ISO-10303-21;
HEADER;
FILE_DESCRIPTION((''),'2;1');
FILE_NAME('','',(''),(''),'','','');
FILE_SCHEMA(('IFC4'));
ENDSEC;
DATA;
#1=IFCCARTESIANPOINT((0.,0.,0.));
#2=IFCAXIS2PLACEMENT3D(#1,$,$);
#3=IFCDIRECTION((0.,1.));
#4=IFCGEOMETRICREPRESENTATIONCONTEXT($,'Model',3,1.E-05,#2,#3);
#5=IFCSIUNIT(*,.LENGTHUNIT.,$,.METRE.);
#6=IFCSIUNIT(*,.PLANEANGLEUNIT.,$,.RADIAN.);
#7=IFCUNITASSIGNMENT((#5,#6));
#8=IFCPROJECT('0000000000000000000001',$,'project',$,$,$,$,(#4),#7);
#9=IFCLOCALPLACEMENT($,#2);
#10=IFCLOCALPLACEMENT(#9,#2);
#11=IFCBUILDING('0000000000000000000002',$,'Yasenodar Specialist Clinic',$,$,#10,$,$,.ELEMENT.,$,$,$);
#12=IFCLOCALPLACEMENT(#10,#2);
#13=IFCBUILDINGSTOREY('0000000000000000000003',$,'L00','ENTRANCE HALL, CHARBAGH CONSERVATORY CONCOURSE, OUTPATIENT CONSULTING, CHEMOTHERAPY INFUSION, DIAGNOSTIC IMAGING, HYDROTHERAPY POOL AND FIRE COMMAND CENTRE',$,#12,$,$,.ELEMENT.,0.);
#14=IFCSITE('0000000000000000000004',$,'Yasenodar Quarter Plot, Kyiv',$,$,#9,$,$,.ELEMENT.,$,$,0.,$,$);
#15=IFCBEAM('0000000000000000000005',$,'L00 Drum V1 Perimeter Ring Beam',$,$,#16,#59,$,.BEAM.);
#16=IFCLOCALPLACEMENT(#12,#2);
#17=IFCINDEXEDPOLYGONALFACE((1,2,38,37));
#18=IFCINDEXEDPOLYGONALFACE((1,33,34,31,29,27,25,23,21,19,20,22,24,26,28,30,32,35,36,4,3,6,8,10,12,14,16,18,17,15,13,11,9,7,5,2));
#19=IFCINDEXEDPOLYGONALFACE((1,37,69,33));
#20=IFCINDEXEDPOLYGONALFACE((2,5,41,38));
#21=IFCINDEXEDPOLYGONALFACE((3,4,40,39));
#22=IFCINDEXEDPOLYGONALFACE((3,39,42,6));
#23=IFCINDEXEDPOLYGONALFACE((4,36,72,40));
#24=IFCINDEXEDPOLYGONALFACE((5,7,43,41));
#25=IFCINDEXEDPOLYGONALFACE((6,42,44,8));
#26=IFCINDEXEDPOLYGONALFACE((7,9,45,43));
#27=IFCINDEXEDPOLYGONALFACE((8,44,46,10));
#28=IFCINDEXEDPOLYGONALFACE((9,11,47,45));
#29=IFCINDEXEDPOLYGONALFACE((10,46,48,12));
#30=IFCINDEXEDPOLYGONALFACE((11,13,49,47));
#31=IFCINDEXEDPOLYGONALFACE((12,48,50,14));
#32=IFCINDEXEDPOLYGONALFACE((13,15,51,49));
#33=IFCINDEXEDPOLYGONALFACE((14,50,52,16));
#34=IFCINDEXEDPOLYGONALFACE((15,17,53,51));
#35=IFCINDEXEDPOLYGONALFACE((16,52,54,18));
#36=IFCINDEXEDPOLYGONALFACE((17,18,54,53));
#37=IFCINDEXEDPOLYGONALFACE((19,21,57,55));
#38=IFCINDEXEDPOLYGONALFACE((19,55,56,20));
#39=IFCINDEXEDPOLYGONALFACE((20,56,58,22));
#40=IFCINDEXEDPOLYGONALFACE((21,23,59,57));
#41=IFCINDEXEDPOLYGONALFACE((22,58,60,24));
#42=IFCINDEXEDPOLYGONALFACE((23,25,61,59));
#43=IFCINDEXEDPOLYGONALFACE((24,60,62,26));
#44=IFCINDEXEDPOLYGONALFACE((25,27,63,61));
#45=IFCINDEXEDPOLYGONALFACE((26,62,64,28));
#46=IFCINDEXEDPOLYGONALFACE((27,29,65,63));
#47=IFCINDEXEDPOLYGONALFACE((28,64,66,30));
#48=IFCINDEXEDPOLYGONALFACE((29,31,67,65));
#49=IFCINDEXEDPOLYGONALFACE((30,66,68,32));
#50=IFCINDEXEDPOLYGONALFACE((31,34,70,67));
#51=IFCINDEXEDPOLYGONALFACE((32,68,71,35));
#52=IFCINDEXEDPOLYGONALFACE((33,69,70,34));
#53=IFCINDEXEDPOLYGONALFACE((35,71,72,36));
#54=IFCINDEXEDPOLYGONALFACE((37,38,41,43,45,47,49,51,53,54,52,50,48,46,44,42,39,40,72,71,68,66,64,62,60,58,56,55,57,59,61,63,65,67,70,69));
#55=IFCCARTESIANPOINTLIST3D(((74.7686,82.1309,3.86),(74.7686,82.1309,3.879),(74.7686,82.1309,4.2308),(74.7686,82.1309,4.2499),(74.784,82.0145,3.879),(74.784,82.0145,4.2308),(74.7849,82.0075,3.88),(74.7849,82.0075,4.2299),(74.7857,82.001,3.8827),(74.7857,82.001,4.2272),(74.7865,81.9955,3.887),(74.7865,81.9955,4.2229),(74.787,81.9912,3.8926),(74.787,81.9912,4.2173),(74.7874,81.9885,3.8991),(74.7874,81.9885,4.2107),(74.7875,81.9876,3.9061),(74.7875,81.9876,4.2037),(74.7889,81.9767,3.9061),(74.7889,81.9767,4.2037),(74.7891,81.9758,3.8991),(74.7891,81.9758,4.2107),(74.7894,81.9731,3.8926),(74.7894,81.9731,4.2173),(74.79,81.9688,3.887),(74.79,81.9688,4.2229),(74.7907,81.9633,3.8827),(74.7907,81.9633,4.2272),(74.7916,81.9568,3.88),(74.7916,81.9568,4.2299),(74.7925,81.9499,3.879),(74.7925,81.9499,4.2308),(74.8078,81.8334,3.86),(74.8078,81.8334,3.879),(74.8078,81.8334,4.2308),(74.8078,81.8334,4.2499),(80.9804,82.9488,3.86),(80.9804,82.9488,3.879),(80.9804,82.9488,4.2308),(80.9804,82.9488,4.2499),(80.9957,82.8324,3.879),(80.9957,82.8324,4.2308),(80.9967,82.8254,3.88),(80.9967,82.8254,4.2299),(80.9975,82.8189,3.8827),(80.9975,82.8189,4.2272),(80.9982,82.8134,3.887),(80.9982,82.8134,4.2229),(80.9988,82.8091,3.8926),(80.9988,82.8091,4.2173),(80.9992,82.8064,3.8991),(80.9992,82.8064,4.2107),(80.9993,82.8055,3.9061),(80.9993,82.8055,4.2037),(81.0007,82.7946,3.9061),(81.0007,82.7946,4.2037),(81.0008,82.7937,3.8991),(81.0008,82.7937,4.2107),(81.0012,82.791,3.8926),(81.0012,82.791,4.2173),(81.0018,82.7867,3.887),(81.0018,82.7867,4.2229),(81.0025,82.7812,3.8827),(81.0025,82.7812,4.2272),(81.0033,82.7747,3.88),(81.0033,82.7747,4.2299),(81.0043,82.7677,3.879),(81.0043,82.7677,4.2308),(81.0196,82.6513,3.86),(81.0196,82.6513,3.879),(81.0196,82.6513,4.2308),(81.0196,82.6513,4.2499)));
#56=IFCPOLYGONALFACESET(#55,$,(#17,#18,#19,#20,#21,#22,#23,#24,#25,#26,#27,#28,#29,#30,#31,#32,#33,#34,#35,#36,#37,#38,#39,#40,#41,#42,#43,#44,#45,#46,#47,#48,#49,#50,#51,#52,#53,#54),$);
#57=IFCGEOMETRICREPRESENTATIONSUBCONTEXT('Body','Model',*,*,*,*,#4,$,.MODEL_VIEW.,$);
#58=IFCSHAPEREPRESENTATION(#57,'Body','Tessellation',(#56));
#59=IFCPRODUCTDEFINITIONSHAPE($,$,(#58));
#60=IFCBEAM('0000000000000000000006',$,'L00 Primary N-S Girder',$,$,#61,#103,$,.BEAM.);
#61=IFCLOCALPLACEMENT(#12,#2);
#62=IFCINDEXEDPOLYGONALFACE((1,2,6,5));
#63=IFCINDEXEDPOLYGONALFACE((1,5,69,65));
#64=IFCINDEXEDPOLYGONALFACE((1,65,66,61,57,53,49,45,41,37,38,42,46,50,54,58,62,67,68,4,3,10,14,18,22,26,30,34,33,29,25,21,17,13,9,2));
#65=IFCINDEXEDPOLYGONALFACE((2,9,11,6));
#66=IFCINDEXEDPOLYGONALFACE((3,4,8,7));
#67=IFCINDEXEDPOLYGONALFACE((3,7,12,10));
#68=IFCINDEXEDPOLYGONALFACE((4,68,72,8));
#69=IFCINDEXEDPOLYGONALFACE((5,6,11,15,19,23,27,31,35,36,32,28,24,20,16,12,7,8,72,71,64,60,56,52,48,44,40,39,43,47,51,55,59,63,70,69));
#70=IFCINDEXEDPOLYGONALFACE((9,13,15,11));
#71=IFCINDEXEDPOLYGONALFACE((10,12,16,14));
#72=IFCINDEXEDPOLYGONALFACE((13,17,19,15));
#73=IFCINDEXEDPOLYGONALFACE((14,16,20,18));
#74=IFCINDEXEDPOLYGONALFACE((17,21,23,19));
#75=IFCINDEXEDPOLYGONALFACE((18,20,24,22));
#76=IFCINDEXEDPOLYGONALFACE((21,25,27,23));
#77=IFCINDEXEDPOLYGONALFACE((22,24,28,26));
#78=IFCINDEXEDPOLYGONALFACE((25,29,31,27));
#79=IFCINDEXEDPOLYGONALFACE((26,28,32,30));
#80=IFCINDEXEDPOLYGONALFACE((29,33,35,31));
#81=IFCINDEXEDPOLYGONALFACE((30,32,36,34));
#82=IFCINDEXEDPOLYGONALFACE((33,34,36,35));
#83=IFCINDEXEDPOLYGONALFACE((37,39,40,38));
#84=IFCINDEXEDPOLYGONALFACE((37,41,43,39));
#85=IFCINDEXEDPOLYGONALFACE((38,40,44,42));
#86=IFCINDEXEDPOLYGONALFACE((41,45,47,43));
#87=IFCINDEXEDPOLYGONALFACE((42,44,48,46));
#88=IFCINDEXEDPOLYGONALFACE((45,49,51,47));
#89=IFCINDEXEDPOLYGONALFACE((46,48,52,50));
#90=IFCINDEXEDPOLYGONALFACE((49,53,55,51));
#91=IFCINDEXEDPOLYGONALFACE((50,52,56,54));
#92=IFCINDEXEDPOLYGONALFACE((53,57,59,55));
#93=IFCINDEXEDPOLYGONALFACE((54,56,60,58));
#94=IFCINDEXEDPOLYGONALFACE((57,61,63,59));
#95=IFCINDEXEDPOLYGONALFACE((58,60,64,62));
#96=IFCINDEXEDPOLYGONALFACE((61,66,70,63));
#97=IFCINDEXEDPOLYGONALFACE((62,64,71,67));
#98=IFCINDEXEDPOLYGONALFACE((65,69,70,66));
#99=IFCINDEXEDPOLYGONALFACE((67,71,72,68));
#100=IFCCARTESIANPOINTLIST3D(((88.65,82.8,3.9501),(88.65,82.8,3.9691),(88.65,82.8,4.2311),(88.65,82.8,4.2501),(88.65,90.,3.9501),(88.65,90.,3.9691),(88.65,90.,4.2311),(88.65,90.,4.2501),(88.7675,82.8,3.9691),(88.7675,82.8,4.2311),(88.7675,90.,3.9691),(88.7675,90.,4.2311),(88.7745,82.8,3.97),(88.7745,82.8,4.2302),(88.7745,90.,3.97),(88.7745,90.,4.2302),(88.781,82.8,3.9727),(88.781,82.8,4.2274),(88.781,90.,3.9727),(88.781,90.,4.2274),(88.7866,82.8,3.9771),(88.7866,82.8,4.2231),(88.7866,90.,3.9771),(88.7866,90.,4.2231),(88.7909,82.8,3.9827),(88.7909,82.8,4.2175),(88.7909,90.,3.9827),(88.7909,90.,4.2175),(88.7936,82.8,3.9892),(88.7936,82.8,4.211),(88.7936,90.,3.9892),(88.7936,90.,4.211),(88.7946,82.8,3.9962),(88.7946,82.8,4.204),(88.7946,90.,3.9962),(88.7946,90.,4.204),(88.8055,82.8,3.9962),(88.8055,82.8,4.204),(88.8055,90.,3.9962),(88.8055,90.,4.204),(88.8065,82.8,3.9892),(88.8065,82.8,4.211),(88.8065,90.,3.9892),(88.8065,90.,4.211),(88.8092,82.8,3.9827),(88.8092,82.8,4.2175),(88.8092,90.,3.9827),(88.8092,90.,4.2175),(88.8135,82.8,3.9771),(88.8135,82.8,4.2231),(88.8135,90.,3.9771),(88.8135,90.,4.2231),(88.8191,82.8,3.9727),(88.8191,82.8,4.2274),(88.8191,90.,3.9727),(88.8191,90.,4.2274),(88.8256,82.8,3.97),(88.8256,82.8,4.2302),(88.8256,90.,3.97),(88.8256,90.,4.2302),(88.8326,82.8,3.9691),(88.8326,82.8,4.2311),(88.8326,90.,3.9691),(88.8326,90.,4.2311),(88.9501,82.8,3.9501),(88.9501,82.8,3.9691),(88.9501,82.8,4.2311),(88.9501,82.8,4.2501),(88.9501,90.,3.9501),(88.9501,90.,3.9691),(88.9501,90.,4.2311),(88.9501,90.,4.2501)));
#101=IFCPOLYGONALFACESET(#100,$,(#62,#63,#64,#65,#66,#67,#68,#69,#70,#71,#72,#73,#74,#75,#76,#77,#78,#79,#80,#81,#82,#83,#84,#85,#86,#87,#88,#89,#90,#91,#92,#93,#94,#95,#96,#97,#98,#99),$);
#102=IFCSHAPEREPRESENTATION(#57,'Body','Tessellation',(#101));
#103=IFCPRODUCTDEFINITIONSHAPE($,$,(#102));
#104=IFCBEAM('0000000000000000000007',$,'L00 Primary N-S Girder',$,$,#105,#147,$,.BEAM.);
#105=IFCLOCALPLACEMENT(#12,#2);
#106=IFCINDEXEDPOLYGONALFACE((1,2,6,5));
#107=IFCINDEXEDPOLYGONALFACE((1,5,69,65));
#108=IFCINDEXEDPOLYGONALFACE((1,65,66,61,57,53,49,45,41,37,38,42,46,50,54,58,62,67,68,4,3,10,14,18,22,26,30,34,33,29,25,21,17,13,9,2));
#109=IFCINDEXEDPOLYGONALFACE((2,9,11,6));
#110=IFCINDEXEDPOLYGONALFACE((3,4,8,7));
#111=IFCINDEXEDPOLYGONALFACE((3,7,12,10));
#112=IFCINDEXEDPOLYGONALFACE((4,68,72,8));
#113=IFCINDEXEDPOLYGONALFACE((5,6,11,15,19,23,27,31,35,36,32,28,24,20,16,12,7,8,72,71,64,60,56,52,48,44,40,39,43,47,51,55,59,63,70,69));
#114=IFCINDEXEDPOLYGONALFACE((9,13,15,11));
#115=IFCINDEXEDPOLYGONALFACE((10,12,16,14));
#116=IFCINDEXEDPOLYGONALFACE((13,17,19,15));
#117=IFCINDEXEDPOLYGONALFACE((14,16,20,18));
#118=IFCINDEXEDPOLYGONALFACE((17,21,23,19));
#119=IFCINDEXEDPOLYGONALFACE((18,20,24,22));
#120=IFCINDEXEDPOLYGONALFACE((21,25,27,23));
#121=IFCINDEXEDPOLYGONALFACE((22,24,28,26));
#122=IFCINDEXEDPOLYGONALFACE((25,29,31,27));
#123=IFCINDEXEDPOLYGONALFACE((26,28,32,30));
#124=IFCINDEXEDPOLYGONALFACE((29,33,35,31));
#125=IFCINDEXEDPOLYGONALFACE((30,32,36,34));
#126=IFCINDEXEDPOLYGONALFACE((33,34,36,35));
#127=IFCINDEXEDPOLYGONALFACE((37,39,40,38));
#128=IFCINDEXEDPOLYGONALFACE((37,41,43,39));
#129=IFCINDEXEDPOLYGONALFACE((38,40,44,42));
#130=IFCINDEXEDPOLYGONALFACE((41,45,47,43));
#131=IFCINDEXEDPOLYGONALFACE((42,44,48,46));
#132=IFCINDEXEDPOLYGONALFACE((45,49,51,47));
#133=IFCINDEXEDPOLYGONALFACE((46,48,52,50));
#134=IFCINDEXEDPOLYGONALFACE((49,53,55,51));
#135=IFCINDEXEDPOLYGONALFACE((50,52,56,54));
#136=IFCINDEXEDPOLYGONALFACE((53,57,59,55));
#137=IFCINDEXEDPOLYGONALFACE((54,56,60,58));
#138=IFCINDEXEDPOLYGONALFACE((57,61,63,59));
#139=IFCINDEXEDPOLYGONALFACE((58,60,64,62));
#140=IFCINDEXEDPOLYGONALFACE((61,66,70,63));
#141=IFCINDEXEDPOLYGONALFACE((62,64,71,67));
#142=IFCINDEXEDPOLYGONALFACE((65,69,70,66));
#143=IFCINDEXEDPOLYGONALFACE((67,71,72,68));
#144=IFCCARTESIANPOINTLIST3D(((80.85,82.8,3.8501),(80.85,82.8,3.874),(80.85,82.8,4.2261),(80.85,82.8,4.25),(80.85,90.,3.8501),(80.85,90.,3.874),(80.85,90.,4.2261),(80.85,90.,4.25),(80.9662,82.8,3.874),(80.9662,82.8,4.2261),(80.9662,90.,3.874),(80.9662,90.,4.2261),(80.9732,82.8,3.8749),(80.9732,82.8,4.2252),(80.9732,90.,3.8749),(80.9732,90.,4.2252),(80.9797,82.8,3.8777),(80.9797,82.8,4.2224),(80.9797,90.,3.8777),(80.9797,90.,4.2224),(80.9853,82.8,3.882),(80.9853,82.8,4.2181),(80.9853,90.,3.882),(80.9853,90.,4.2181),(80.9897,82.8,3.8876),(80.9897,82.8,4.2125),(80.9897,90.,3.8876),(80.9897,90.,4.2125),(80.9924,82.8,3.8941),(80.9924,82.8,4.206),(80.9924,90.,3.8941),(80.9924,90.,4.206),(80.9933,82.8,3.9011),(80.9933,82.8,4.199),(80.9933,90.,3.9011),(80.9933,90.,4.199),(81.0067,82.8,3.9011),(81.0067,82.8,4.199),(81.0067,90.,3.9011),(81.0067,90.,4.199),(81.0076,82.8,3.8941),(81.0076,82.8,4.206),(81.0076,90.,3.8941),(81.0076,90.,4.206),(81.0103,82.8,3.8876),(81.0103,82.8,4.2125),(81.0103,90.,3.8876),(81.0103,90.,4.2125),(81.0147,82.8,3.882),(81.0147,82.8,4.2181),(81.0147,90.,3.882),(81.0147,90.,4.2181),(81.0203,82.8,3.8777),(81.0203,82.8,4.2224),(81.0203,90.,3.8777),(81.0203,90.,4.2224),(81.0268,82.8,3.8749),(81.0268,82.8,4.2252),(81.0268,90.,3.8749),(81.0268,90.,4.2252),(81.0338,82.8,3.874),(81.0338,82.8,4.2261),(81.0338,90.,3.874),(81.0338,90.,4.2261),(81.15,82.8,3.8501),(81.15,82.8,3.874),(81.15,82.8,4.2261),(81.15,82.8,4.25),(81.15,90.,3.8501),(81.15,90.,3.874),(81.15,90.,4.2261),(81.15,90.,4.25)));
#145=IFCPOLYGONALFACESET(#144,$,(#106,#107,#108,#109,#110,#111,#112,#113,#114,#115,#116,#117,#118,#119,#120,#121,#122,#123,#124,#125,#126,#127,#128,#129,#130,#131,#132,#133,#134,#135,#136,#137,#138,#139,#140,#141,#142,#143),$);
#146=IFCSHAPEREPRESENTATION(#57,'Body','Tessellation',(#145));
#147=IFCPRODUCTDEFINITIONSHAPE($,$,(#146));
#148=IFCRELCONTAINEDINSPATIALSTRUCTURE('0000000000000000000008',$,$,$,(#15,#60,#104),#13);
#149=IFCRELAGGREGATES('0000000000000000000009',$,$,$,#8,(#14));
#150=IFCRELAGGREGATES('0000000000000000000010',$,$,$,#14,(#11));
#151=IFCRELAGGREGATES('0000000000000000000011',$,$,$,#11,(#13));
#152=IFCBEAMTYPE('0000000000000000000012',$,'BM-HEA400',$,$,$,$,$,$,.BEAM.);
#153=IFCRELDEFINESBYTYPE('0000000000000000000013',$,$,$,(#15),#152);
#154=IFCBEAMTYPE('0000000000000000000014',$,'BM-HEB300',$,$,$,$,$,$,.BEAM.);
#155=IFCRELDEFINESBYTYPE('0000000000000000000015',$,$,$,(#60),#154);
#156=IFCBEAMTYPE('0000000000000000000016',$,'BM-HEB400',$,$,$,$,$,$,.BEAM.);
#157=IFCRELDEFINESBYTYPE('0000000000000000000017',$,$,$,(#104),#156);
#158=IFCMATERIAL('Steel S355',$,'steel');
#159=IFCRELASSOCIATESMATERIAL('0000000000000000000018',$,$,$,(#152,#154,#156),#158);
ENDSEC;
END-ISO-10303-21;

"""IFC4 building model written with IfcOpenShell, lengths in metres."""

from ifc_helpers import new_model, si_unit, direction, frame, origin, origin_2d, place, context, subcontext, project, spatial, i_section, extrude, material, material_profile, profile_set, type_object, element, save


model = new_model("IFC4")

# Units and contexts
model_context = context("Model", 3, precision=1e-05, world=origin(), true_north=direction((0.0, 1.0)))
body_context = subcontext(model_context, "Body", "Model", "MODEL_VIEW")
ifc_project = project(units=[si_unit("LENGTHUNIT", "METRE"), si_unit("PLANEANGLEUNIT", "RADIAN")], contexts=[model_context])

# Site, building, storey
site_placement = place(None, origin())
site = spatial("IfcSite", under=ifc_project, at=site_placement, Name="Yasenodar Quarter Plot, Kyiv", CompositionType="ELEMENT", RefElevation=0.0)
building_placement = place(site_placement, origin())
building = spatial("IfcBuilding", under=site, at=building_placement, Name="Yasenodar Specialist Clinic", CompositionType="ELEMENT")
storey_placement = place(building_placement, origin())
storey = spatial("IfcBuildingStorey", under=building, at=storey_placement, Name="L00", Description="ENTRANCE HALL, CHARBAGH CONSERVATORY CONCOURSE, OUTPATIENT CONSULTING, CHEMOTHERAPY INFUSION, DIAGNOSTIC IMAGING, HYDROTHERAPY POOL AND FIRE COMMAND CENTRE", CompositionType="ELEMENT", Elevation=0.0)

# Shared definitions
ifc_material_1 = material(Name="Steel S355", Category="steel")

# Beams
ifc_material_profile_1 = material_profile(ifc_material_1, i_section(OverallWidth=0.3, OverallDepth=0.3899, WebThickness=0.011, FlangeThickness=0.019, FilletRadius=0.0271, at=origin_2d()), Name="HEA 400")
ifc_profile_set_1 = profile_set([ifc_material_profile_1], Name="Steel S355")
beam_type_1 = type_object("IfcBeamType", Name="BM-HEA400", PredefinedType="BEAM", material=ifc_profile_set_1)
for number, where, z_axis, x_axis, name in (
    (1, (81.0, 82.8, 4.0549), (-0.991443, -0.13054, 0.0), (0.13054, -0.991443, 0.0), "L00 Drum V1 Perimeter Ring Beam"),
):
    element("IfcBeam", number, at=place(storey_placement, frame(where, z_axis=z_axis, x_axis=x_axis)), inside=storey, type_object=beam_type_1, Name=name, PredefinedType="BEAM", context=body_context, shape_type="SweptSolid", body=[
        extrude(i_section(OverallWidth=0.3, OverallDepth=0.3899, WebThickness=0.011, FlangeThickness=0.019, FilletRadius=0.0271, at=origin_2d()), origin(), (0.0, 0.0, 1.0), 6.2654),
    ])
ifc_material_profile_2 = material_profile(ifc_material_1, i_section(OverallWidth=0.3, OverallDepth=0.3, WebThickness=0.011, FlangeThickness=0.019, FilletRadius=0.0271, at=origin_2d()), Name="HEB 300")
ifc_profile_set_2 = profile_set([ifc_material_profile_2], Name="Steel S355")
beam_type_2 = type_object("IfcBeamType", Name="BM-HEB300", PredefinedType="BEAM", material=ifc_profile_set_2)
beam_1_placement = place(storey_placement, frame((88.8, 82.8, 4.1001), z_axis=(0.0, 1.0, 0.0), x_axis=(-1.0, 0.0, 0.0)))
element("IfcBeam", 2, at=beam_1_placement, inside=storey, type_object=beam_type_2, Name="L00 Primary N-S Girder", PredefinedType="BEAM", context=body_context, shape_type="SweptSolid", body=[
    extrude(i_section(OverallWidth=0.3, OverallDepth=0.3, WebThickness=0.011, FlangeThickness=0.019, FilletRadius=0.0271, at=origin_2d()), origin(), (0.0, 0.0, 1.0), 7.2),
])
ifc_material_profile_3 = material_profile(ifc_material_1, i_section(OverallWidth=0.3, OverallDepth=0.3999, WebThickness=0.0134, FlangeThickness=0.0239, FilletRadius=0.0271, at=origin_2d()), Name="HEB 400")
ifc_profile_set_3 = profile_set([ifc_material_profile_3], Name="Steel S355")
beam_type_3 = type_object("IfcBeamType", Name="BM-HEB400", PredefinedType="BEAM", material=ifc_profile_set_3)
beam_2_placement = place(storey_placement, frame((81.0, 82.8, 4.05), z_axis=(0.0, 1.0, 0.0), x_axis=(-1.0, 0.0, 0.0)))
element("IfcBeam", 3, at=beam_2_placement, inside=storey, type_object=beam_type_3, Name="L00 Primary N-S Girder", PredefinedType="BEAM", context=body_context, shape_type="SweptSolid", body=[
    extrude(i_section(OverallWidth=0.3, OverallDepth=0.3999, WebThickness=0.0134, FlangeThickness=0.0239, FilletRadius=0.0271, at=origin_2d()), origin(), (0.0, 0.0, 1.0), 7.2),
])

save(model, "model.ifc")
